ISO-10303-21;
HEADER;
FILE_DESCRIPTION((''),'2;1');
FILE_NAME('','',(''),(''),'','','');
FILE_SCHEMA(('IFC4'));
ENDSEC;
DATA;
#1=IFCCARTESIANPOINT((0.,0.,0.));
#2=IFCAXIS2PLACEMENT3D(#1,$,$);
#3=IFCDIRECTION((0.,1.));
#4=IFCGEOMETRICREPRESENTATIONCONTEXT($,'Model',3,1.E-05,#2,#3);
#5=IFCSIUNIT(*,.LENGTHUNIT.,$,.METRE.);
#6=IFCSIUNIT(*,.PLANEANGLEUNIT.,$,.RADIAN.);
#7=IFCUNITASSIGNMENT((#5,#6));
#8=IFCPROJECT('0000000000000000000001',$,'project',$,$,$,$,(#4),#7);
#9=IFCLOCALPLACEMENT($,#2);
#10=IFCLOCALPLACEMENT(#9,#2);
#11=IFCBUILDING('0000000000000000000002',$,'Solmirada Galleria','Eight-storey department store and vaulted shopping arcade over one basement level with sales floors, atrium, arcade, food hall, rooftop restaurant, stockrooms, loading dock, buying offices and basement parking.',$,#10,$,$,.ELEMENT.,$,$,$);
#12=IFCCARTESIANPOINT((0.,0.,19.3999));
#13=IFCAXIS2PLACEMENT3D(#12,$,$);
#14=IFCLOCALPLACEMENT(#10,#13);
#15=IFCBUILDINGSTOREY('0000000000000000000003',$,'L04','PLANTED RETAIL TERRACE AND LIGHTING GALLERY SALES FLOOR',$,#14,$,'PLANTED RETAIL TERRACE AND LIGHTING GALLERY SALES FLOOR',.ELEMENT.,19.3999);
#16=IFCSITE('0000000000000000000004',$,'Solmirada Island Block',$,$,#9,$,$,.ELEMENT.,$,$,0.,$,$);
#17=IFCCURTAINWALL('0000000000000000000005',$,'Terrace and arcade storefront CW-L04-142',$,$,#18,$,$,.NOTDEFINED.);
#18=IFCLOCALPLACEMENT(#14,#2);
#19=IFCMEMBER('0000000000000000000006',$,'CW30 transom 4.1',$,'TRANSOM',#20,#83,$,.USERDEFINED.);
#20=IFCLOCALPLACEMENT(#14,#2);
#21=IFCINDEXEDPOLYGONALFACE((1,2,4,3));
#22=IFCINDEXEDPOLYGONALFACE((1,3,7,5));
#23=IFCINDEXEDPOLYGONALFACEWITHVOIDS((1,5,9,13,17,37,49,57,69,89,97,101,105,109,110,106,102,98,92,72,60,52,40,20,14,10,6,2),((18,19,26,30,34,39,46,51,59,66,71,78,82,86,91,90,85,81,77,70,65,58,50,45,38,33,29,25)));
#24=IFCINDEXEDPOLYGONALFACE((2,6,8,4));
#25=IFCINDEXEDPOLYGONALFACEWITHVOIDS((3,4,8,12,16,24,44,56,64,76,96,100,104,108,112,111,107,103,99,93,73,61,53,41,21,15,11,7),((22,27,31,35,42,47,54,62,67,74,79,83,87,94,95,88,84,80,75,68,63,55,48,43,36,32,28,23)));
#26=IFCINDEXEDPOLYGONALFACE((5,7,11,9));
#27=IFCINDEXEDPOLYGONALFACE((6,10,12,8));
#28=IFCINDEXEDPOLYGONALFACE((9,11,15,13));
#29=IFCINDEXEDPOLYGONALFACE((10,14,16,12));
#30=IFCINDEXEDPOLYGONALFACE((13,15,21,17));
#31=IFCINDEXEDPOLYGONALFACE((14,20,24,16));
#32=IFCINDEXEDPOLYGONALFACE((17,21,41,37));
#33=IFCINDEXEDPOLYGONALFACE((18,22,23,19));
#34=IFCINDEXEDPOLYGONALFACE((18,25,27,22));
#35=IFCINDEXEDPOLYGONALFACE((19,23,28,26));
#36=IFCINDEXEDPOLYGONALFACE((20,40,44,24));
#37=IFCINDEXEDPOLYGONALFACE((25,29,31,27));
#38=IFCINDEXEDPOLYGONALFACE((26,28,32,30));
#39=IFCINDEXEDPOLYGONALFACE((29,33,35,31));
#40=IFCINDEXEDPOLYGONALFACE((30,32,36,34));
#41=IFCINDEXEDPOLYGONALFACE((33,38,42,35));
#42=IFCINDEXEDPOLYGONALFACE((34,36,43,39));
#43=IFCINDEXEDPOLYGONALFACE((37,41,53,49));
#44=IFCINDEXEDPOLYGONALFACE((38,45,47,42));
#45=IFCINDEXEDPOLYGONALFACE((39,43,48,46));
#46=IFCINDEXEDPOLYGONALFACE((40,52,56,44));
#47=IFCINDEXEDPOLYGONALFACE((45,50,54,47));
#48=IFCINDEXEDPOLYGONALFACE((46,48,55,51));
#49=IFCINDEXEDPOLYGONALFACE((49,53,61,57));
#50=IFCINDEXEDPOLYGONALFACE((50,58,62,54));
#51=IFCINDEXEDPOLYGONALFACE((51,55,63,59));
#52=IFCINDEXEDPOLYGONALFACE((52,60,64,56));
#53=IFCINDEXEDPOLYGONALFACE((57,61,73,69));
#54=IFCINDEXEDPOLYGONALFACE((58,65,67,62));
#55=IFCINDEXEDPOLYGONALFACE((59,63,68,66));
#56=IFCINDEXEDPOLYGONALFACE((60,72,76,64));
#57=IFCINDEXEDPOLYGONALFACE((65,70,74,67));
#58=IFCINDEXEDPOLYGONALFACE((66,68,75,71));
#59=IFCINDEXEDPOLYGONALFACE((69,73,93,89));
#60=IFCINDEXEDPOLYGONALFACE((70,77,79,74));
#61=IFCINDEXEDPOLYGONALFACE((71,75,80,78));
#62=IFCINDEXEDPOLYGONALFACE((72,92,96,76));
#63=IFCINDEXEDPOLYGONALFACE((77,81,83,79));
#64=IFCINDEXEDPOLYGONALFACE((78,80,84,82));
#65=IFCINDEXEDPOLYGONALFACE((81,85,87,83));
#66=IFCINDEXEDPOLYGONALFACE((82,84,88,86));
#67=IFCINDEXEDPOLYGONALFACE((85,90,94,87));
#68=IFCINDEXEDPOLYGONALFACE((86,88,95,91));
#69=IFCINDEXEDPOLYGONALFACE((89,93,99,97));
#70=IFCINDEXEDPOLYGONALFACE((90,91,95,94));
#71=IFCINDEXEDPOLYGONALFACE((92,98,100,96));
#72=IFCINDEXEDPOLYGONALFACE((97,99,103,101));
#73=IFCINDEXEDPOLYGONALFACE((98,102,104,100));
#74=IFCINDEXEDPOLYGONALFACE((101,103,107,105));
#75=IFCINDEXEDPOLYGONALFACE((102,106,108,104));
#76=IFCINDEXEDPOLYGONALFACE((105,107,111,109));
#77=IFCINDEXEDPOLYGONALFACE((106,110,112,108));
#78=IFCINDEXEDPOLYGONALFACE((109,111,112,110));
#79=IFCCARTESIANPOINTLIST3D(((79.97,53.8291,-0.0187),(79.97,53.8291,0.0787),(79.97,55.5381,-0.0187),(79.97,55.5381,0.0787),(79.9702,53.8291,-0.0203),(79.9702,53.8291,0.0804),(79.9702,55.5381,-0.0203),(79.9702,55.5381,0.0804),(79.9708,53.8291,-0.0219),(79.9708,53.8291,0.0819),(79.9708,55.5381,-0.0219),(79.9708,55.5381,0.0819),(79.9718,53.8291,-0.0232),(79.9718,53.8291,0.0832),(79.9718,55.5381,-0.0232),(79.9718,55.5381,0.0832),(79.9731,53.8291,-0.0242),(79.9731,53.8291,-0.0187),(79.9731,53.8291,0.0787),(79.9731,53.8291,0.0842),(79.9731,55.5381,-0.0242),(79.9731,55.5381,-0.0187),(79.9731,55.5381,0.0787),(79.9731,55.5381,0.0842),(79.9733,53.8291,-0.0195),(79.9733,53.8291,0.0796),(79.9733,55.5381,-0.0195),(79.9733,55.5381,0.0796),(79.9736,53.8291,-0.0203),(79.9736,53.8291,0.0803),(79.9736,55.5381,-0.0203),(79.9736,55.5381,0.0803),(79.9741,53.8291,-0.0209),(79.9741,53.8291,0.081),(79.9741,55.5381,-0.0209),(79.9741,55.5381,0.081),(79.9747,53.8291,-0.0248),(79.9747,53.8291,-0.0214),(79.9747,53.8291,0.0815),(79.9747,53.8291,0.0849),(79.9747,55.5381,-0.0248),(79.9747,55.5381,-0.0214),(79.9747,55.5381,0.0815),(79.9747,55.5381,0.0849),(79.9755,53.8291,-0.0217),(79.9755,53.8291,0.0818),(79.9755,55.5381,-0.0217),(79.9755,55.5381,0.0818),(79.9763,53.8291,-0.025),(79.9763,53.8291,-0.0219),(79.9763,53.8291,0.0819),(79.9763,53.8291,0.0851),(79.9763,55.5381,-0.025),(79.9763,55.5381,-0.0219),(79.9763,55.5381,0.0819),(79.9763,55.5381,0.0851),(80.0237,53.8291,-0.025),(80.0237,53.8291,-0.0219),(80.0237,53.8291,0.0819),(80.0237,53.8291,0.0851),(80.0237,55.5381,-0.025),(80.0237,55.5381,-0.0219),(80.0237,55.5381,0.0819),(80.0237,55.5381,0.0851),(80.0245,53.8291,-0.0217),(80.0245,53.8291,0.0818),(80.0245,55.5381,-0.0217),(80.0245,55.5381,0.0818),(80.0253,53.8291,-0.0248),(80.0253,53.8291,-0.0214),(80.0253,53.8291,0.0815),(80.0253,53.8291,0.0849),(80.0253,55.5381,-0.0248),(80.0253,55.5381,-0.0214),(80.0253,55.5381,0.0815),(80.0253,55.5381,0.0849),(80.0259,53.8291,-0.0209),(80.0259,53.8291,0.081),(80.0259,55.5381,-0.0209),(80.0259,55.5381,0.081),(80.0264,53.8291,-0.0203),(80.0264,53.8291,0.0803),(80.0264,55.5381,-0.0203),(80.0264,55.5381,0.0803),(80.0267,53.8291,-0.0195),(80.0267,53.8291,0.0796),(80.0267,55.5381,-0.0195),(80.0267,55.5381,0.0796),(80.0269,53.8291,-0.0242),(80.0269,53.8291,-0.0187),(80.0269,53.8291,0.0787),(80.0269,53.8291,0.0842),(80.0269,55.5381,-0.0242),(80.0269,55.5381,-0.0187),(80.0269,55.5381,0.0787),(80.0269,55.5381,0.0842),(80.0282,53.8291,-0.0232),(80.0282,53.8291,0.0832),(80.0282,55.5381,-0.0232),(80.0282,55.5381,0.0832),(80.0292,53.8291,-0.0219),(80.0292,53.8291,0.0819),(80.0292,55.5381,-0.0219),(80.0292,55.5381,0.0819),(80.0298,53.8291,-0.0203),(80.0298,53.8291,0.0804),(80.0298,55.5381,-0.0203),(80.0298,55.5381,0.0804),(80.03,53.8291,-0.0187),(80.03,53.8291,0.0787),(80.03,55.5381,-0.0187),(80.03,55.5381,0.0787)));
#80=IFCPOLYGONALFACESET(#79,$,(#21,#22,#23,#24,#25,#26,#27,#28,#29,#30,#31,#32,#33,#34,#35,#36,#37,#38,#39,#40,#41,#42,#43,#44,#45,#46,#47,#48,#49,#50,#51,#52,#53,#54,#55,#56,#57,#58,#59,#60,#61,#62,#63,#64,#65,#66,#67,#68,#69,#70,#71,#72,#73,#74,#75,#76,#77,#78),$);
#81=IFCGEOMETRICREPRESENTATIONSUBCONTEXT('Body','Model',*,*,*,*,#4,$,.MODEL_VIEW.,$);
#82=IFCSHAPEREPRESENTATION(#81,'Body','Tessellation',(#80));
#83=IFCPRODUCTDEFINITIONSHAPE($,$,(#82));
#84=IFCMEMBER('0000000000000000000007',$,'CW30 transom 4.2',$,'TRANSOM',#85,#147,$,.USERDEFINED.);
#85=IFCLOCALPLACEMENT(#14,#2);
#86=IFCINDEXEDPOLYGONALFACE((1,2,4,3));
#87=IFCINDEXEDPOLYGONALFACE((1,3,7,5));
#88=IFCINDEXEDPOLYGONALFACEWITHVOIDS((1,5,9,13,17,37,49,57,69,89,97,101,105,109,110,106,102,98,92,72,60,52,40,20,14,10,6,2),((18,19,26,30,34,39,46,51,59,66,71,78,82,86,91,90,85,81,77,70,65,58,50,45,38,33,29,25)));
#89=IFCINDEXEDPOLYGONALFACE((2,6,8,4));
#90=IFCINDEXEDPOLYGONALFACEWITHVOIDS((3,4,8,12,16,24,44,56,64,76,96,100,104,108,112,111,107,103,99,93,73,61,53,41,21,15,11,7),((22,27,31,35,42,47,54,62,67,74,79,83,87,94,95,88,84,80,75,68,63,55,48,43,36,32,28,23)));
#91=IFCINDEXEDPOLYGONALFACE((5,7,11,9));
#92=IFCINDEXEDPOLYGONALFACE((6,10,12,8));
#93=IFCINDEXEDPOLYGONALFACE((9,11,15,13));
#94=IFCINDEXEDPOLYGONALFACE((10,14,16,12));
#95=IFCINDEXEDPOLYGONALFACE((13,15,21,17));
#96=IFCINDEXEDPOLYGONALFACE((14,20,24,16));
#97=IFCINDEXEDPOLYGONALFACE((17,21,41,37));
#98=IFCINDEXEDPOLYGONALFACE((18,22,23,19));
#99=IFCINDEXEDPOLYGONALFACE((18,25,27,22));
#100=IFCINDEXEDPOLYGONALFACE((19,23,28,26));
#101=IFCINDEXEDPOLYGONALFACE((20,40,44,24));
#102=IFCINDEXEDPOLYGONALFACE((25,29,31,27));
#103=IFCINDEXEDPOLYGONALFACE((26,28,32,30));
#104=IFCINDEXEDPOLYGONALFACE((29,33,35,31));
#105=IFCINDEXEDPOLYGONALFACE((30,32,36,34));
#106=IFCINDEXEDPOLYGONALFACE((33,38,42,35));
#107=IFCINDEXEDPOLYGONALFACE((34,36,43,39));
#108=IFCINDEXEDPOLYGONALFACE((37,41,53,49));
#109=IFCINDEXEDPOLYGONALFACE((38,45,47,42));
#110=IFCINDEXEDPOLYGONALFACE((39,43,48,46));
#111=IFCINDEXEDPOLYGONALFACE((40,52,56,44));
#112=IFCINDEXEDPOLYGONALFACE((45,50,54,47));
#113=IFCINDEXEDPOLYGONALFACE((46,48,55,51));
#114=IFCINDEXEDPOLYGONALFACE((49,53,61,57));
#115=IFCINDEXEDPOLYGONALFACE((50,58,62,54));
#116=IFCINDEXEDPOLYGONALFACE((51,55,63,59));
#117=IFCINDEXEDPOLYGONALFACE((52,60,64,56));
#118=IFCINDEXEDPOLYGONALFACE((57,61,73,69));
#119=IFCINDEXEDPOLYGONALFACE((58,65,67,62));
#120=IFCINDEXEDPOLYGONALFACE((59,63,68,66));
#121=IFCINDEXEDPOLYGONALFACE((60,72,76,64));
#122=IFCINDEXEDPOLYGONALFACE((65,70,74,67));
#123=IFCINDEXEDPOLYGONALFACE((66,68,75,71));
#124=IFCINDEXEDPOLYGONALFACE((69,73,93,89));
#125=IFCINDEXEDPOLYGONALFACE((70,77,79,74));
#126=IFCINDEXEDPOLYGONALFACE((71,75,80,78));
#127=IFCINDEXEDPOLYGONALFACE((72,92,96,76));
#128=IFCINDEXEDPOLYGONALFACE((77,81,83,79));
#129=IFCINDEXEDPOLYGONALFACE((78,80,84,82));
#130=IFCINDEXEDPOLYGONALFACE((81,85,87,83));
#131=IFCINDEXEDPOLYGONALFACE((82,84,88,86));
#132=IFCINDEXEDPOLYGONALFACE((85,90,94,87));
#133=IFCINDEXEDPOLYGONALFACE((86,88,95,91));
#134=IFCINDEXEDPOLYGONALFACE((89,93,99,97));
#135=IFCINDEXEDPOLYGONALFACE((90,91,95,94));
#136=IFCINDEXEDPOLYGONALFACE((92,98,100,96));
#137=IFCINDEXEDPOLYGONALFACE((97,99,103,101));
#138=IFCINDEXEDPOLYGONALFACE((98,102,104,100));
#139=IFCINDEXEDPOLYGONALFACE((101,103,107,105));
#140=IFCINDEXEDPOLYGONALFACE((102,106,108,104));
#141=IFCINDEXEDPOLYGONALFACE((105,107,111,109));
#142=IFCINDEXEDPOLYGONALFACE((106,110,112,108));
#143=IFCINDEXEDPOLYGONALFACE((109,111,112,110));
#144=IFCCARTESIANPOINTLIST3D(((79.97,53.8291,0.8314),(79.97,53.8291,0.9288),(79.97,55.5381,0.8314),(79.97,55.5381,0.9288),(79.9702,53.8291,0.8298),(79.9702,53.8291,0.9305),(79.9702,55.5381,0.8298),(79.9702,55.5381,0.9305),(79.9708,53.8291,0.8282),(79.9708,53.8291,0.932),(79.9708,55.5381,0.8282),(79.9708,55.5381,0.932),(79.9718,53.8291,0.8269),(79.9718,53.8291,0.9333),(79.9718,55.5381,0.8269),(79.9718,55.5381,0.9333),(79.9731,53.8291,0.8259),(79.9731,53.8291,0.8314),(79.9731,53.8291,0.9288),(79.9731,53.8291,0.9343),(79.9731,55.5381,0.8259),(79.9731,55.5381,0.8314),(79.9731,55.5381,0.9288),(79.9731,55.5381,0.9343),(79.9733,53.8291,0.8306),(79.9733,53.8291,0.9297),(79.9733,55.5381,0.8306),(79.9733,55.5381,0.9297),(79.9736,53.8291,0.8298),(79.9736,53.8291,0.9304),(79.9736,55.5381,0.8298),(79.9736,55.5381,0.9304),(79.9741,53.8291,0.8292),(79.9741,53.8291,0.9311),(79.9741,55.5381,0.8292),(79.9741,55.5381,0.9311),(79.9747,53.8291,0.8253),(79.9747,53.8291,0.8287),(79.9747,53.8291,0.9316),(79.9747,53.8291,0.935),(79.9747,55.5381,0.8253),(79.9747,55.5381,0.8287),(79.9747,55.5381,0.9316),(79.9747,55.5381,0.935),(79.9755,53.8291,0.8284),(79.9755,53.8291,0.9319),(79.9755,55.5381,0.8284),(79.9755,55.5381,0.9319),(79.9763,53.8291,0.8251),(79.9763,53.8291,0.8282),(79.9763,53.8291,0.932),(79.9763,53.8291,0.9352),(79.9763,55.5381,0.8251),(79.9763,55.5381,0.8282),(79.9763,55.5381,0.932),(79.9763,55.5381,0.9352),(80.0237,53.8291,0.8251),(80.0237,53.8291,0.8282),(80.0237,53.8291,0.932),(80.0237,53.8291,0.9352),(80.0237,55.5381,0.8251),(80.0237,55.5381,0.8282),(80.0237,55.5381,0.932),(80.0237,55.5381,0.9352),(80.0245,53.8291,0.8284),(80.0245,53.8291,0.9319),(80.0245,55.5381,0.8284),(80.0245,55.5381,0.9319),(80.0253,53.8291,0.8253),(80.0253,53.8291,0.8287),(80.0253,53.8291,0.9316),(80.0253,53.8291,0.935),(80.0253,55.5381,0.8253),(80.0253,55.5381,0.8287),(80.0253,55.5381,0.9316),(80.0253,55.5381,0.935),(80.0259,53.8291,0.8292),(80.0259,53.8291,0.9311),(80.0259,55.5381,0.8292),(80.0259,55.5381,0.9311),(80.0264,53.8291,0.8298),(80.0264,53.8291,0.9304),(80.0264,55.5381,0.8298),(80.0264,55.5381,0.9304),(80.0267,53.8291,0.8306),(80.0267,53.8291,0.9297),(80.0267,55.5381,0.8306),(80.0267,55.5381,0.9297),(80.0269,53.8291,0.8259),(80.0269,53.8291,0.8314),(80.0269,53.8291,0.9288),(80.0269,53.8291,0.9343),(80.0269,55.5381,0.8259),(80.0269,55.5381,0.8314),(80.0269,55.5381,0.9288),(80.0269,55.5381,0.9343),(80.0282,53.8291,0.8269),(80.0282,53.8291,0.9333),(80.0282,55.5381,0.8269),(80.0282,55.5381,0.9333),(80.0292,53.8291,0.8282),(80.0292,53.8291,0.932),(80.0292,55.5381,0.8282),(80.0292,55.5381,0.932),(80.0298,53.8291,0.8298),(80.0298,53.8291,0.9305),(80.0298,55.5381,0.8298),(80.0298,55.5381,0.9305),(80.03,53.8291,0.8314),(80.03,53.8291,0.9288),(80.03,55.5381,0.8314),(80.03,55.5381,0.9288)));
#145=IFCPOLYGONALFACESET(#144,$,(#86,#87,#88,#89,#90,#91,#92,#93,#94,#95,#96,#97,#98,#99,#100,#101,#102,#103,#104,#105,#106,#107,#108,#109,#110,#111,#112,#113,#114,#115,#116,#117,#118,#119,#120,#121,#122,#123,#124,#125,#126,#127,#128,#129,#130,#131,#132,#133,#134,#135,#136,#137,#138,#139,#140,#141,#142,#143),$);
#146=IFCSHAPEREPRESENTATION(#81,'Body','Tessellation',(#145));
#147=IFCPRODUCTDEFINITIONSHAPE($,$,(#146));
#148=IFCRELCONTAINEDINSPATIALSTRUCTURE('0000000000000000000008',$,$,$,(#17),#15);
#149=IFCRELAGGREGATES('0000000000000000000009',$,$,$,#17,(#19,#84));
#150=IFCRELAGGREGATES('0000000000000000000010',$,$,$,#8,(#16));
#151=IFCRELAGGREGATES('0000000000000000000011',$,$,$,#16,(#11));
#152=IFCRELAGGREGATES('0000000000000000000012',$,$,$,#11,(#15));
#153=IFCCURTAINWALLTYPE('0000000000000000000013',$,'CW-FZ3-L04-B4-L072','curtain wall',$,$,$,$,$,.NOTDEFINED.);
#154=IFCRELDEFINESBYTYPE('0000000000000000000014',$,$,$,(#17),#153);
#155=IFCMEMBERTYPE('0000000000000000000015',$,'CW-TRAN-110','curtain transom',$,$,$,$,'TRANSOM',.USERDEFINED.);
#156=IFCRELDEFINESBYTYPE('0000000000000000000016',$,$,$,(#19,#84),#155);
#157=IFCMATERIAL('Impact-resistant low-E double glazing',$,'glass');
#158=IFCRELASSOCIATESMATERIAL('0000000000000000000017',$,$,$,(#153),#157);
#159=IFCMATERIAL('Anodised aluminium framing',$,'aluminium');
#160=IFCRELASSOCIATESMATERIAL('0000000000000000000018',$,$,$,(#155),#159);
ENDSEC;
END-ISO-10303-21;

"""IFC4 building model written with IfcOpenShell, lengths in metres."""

from ifc_helpers import new_model, si_unit, direction, frame, origin, origin_2d, place, context, subcontext, project, spatial, hollow_rectangle, extrude, material, material_profile, profile_set, type_object, element, aggregate, save


model = new_model("IFC4")

# Units and contexts
model_context = context("Model", 3, precision=1e-05, world=origin(), true_north=direction((0.0, 1.0)))
body_context = subcontext(model_context, "Body", "Model", "MODEL_VIEW")
ifc_project = project(units=[si_unit("LENGTHUNIT", "METRE"), si_unit("PLANEANGLEUNIT", "RADIAN")], contexts=[model_context])

# Site, building, storey
site_placement = place(None, origin())
site = spatial("IfcSite", under=ifc_project, at=site_placement, Name="Solmirada Island Block", CompositionType="ELEMENT", RefElevation=0.0)
building_placement = place(site_placement, origin())
building = spatial("IfcBuilding", under=site, at=building_placement, Name="Solmirada Galleria", Description="Eight-storey department store and vaulted shopping arcade over one basement level with sales floors, atrium, arcade, food hall, rooftop restaurant, stockrooms, loading dock, buying offices and basement parking.", CompositionType="ELEMENT")
storey_placement = place(building_placement, frame((0.0, 0.0, 19.3999)))
storey = spatial("IfcBuildingStorey", under=building, at=storey_placement, Name="L04", Description="PLANTED RETAIL TERRACE AND LIGHTING GALLERY SALES FLOOR", LongName="PLANTED RETAIL TERRACE AND LIGHTING GALLERY SALES FLOOR", CompositionType="ELEMENT", Elevation=19.3999)

# Curtain wall
ifc_material_1 = material(Name="Impact-resistant low-E double glazing", Category="glass")
curtain_wall_type = type_object("IfcCurtainWallType", Name="CW-FZ3-L04-B4-L072", Description="curtain wall", PredefinedType="NOTDEFINED", material=ifc_material_1)
curtain_wall_1_placement = place(storey_placement, origin())
curtain_wall_1 = element("IfcCurtainWall", 1, at=curtain_wall_1_placement, inside=storey, type_object=curtain_wall_type, Name="Terrace and arcade storefront CW-L04-142", PredefinedType="NOTDEFINED")
ifc_material_2 = material(Name="Anodised aluminium framing", Category="aluminium")

# Members
ifc_material_profile_1 = material_profile(ifc_material_2, hollow_rectangle(XDim=0.0601, YDim=0.1101, WallThickness=0.0032, InnerFilletRadius=0.0032, OuterFilletRadius=0.0063, at=origin_2d()), Name="ALU-TRAN-110X60")
ifc_profile_set_1 = profile_set([ifc_material_profile_1], Name="Anodised aluminium framing")
member_type_1 = type_object("IfcMemberType", Name="CW-TRAN-110", Description="curtain transom", ElementType="TRANSOM", PredefinedType="USERDEFINED", material=ifc_profile_set_1)
member_1_placement = place(storey_placement, frame((80.0, 53.8291, 0.03), z_axis=(0.0, 1.0, 0.0), x_axis=(-1.0, 0.0, 0.0)))
member_1 = element("IfcMember", 2, at=member_1_placement, type_object=member_type_1, Name="CW30 transom 4.1", ObjectType="TRANSOM", PredefinedType="USERDEFINED", context=body_context, shape_type="SweptSolid", body=[
    extrude(hollow_rectangle(XDim=0.0601, YDim=0.1101, WallThickness=0.0032, InnerFilletRadius=0.0032, OuterFilletRadius=0.0063, at=origin_2d()), origin(), (0.0, 0.0, 1.0), 1.709),
])
member_2_placement = place(storey_placement, frame((80.0, 53.8291, 0.8801), z_axis=(0.0, 1.0, 0.0), x_axis=(-1.0, 0.0, 0.0)))
member_2 = element("IfcMember", 3, at=member_2_placement, type_object=member_type_1, Name="CW30 transom 4.2", ObjectType="TRANSOM", PredefinedType="USERDEFINED", context=body_context, shape_type="SweptSolid", body=[
    extrude(hollow_rectangle(XDim=0.0601, YDim=0.1101, WallThickness=0.0032, InnerFilletRadius=0.0032, OuterFilletRadius=0.0063, at=origin_2d()), origin(), (0.0, 0.0, 1.0), 1.709),
])

aggregate(curtain_wall_1, [member_1, member_2])

save(model, "model.ifc")
